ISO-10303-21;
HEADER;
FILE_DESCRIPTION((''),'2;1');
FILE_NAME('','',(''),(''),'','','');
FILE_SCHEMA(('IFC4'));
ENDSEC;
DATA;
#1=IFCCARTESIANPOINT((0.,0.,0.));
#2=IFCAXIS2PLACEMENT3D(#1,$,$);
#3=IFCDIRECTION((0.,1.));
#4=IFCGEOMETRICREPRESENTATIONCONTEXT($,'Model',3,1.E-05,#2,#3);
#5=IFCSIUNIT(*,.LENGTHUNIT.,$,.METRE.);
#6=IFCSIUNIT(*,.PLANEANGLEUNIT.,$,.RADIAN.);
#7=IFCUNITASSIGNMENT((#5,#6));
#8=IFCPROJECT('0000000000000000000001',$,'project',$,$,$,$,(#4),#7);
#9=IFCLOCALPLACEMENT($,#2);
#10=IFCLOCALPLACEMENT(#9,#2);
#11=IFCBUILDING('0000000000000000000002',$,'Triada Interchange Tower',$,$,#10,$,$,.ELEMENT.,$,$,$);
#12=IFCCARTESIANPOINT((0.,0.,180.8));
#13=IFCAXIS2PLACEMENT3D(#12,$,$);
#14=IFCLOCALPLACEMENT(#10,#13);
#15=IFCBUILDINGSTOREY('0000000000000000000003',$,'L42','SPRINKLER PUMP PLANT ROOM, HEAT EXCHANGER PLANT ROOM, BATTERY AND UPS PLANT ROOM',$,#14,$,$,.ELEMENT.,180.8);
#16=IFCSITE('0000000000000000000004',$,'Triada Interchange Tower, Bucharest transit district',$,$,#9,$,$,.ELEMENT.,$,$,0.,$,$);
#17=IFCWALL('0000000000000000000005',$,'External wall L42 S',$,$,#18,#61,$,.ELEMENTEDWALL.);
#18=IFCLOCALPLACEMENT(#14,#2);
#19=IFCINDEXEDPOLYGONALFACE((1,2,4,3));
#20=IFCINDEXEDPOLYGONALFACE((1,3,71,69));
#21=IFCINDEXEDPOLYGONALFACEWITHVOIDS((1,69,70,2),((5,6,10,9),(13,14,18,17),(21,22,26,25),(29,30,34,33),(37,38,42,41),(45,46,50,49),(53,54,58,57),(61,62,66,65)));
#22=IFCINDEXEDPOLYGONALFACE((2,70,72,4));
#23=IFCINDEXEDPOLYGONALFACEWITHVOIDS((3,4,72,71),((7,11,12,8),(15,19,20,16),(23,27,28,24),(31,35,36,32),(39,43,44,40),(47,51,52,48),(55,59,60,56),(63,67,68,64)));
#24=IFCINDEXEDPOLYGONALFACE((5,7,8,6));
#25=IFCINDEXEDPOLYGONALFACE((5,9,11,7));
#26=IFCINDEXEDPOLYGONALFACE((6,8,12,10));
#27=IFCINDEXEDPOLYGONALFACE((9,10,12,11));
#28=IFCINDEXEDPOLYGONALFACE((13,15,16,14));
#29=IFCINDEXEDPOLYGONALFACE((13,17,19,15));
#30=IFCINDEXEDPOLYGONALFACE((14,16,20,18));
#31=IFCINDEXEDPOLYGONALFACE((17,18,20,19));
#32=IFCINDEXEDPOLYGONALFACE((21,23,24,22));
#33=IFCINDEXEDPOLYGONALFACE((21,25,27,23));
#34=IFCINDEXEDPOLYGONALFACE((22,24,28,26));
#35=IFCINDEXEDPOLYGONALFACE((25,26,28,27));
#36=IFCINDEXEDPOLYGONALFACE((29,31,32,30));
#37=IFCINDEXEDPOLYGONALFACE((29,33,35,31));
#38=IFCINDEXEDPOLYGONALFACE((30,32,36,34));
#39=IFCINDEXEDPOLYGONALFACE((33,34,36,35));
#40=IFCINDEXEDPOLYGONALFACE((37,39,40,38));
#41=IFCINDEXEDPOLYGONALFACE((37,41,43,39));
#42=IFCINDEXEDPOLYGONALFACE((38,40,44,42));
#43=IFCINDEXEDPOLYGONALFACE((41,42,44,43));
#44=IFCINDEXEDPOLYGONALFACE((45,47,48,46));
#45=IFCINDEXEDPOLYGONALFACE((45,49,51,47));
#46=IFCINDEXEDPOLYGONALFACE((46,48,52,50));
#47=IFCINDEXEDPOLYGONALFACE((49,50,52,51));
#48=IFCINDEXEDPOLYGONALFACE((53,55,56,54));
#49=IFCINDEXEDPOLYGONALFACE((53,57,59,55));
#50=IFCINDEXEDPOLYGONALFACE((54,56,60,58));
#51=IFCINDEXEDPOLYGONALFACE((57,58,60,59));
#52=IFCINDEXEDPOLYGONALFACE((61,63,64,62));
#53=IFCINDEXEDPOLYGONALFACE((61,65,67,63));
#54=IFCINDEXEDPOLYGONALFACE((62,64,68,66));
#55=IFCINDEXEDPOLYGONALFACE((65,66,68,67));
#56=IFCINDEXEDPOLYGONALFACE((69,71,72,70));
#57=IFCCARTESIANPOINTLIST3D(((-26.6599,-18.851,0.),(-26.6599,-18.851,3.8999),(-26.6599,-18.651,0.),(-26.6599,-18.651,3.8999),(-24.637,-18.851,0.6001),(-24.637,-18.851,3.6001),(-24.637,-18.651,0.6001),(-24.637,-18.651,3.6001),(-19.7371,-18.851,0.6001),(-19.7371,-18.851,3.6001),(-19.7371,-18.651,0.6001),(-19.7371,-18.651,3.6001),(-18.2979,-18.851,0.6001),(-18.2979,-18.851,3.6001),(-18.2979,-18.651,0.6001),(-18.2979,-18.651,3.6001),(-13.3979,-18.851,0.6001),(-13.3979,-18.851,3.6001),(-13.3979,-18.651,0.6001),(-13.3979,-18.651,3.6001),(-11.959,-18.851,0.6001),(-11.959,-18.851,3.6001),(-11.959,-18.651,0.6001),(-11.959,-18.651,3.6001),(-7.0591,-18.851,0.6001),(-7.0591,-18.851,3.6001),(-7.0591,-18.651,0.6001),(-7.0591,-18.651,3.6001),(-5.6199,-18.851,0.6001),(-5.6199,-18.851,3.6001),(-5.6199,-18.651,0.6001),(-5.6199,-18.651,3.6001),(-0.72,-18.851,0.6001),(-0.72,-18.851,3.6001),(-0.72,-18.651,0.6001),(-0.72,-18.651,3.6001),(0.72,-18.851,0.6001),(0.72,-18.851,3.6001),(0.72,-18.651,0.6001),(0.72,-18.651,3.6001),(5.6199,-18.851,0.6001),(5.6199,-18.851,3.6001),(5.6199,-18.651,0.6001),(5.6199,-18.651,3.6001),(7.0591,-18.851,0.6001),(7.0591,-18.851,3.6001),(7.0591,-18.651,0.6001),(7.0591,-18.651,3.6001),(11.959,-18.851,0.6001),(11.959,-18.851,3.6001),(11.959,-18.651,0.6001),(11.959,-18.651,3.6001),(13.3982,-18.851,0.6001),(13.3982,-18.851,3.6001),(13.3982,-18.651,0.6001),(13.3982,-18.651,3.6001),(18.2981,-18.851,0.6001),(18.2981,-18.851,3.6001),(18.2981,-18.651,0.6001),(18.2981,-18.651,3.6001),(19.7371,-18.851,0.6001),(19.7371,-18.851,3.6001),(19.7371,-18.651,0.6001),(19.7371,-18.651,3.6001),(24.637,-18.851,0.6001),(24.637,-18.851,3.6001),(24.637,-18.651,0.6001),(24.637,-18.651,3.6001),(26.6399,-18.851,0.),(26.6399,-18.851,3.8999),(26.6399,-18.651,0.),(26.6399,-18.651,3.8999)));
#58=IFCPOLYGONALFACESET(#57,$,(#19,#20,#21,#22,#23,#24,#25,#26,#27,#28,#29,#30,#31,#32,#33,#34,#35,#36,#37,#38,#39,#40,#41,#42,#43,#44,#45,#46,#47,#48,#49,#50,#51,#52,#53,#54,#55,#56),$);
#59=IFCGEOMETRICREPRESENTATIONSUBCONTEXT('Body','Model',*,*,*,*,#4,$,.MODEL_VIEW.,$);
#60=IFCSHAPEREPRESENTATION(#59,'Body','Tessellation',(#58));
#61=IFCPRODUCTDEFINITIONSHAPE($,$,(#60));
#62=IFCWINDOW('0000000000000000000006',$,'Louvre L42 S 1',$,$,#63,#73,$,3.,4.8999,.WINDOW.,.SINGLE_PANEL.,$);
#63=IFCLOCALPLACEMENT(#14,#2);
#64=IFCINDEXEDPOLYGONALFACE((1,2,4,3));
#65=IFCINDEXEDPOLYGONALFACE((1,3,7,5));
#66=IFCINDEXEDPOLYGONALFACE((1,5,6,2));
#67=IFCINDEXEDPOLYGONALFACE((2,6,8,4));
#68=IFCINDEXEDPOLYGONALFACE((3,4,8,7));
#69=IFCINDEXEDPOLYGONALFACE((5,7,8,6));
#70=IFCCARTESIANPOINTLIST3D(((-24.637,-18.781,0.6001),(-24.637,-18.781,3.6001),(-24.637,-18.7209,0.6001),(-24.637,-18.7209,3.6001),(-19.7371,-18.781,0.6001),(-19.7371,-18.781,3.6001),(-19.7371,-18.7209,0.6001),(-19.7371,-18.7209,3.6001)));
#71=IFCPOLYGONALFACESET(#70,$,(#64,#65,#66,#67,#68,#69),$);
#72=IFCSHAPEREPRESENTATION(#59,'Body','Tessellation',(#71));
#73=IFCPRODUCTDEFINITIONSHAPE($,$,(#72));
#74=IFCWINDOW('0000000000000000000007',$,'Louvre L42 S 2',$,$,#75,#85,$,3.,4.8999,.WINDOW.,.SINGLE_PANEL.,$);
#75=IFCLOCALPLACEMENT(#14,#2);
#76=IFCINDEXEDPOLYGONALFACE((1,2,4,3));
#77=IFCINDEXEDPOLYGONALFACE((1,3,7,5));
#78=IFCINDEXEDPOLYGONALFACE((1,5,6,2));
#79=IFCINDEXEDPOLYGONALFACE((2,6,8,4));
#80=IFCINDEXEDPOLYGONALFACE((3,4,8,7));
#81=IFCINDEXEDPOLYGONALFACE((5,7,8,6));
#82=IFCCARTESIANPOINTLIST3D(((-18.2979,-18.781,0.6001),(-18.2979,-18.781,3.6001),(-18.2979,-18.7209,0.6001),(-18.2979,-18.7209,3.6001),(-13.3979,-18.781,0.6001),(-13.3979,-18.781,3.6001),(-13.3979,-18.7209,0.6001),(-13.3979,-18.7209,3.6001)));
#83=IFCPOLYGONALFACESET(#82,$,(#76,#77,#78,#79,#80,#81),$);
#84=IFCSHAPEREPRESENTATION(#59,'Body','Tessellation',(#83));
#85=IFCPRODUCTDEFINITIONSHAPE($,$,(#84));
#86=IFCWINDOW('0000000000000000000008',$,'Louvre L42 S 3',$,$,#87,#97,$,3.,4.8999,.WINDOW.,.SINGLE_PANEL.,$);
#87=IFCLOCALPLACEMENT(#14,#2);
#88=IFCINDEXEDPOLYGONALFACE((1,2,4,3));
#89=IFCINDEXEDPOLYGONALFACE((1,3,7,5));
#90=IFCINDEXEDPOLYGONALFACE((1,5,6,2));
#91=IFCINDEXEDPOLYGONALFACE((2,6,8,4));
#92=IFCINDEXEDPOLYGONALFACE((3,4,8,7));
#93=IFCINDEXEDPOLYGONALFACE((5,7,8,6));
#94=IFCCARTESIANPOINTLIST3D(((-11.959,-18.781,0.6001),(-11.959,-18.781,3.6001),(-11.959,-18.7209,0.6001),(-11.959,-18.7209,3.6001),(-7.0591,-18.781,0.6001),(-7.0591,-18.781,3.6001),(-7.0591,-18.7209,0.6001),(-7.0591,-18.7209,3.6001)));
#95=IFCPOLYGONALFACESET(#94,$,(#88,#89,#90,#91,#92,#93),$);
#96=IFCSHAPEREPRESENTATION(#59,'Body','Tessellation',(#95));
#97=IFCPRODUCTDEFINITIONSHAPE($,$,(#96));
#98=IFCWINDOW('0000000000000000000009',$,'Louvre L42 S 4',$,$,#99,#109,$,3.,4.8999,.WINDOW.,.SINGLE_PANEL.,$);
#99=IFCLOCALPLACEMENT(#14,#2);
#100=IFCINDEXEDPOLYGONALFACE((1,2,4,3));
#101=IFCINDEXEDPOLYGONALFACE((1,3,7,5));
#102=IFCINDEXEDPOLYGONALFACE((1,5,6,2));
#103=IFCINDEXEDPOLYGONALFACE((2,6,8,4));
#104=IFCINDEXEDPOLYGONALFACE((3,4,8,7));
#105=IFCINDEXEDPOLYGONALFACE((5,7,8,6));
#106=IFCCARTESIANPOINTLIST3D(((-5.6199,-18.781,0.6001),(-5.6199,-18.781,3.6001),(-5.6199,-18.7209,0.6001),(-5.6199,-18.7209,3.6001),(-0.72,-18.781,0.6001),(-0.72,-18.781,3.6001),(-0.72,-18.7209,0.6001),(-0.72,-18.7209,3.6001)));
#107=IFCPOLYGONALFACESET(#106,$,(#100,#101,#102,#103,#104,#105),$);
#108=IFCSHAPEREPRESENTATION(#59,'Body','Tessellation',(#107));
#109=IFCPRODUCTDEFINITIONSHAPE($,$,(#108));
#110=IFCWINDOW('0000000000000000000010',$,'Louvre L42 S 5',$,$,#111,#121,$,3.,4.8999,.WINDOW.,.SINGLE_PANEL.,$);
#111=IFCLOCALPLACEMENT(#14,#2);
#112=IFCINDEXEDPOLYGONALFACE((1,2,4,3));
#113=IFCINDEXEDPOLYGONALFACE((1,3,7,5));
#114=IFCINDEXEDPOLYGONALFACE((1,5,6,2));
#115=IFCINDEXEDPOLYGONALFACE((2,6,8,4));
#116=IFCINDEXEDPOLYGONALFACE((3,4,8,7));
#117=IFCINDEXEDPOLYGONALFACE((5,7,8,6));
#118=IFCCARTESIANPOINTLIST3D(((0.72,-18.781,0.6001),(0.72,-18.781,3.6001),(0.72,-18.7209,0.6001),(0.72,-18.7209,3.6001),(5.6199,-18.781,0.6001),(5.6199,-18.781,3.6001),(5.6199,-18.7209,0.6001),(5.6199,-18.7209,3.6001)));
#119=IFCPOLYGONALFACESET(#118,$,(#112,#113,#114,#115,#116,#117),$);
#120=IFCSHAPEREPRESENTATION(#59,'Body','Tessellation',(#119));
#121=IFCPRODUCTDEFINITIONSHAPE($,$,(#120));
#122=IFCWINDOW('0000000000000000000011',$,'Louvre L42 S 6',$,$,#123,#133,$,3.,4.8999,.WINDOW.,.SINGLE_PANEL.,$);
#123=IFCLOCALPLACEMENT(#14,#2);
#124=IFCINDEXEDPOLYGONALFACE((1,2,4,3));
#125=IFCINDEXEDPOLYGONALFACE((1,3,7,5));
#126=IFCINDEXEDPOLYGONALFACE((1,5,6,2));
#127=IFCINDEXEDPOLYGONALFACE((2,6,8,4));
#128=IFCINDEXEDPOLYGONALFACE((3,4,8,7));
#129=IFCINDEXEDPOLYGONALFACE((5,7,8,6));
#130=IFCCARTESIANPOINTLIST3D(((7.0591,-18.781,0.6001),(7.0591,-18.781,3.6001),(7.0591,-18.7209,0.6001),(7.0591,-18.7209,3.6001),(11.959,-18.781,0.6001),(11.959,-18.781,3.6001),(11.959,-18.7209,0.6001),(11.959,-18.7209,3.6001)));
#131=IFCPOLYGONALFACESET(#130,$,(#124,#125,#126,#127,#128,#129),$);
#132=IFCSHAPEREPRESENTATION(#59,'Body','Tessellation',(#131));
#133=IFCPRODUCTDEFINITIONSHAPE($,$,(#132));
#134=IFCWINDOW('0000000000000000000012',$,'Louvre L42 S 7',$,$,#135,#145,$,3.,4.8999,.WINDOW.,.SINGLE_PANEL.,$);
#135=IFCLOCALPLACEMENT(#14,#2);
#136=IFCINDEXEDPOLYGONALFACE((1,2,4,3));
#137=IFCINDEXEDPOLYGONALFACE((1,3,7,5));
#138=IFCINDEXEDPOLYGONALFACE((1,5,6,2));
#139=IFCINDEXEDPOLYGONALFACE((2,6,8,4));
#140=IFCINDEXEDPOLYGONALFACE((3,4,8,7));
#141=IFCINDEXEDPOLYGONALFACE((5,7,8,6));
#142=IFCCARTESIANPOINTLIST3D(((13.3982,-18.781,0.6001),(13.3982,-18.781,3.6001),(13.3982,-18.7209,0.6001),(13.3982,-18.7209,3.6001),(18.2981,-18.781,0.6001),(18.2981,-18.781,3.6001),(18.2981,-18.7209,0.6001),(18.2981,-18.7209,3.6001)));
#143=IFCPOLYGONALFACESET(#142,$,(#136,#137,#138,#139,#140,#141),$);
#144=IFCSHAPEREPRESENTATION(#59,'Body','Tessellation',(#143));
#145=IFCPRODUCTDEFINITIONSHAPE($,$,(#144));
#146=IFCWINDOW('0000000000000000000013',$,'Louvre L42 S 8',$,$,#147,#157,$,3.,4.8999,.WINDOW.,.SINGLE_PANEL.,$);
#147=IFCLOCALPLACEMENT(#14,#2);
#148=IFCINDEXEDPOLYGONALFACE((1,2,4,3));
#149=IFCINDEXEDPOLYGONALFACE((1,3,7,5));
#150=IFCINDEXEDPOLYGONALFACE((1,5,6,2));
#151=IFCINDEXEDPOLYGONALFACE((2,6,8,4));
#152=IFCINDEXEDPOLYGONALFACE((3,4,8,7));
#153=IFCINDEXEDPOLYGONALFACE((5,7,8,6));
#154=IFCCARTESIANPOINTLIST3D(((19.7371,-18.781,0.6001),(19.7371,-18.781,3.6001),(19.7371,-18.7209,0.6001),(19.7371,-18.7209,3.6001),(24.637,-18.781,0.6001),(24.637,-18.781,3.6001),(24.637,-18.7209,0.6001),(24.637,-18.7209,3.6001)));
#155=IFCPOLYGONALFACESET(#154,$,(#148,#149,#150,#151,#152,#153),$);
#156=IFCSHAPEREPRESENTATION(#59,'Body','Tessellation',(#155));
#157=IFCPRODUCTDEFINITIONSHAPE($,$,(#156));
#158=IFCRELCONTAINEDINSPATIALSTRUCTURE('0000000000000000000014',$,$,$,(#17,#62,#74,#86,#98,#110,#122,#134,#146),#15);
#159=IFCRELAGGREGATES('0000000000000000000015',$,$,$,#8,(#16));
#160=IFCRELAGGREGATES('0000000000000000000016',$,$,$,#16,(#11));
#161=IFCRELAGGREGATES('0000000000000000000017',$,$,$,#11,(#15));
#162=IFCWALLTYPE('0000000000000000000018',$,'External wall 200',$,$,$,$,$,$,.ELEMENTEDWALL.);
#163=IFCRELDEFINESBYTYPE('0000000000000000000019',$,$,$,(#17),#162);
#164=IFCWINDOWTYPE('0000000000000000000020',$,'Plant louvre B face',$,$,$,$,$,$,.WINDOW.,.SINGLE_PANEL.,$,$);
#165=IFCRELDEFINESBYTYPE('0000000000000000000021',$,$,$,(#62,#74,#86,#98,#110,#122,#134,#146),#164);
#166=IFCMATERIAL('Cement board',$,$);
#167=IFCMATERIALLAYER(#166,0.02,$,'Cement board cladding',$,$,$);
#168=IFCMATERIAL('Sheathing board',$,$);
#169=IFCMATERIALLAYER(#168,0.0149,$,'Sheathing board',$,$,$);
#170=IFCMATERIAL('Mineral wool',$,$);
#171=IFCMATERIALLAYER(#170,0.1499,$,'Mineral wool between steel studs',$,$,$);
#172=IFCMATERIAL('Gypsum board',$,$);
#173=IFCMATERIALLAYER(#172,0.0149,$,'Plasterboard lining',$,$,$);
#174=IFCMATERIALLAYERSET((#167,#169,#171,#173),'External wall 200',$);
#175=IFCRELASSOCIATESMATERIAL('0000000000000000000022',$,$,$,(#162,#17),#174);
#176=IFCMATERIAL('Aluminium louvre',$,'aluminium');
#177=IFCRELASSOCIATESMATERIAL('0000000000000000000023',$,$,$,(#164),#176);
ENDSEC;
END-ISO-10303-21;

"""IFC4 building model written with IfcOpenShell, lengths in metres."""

from ifc_helpers import new_model, si_unit, direction, frame, frame_2d, origin, place, context, subcontext, project, spatial, rectangle, extrude, material, layer, layer_set, layer_usage, type_object, element, fill, save


model = new_model("IFC4")

# Units and contexts
model_context = context("Model", 3, precision=1e-05, world=origin(), true_north=direction((0.0, 1.0)))
body_context = subcontext(model_context, "Body", "Model", "MODEL_VIEW")
ifc_project = project(units=[si_unit("LENGTHUNIT", "METRE"), si_unit("PLANEANGLEUNIT", "RADIAN")], contexts=[model_context])

# Site, building, storey
site_placement = place(None, origin())
site = spatial("IfcSite", under=ifc_project, at=site_placement, Name="Triada Interchange Tower, Bucharest transit district", CompositionType="ELEMENT", RefElevation=0.0)
building_placement = place(site_placement, origin())
building = spatial("IfcBuilding", under=site, at=building_placement, Name="Triada Interchange Tower", CompositionType="ELEMENT")
storey_placement = place(building_placement, frame((0.0, 0.0, 180.8)))
storey = spatial("IfcBuildingStorey", under=building, at=storey_placement, Name="L42", Description="SPRINKLER PUMP PLANT ROOM, HEAT EXCHANGER PLANT ROOM, BATTERY AND UPS PLANT ROOM", CompositionType="ELEMENT", Elevation=180.8)

# Wall, openings, windows
ifc_material_1 = material(Name="Cement board")
ifc_layer_1 = layer(ifc_material_1, 0.02, Name="Cement board cladding")
ifc_material_2 = material(Name="Sheathing board")
ifc_layer_2 = layer(ifc_material_2, 0.0149, Name="Sheathing board")
ifc_material_3 = material(Name="Mineral wool")
ifc_layer_3 = layer(ifc_material_3, 0.1499, Name="Mineral wool between steel studs")
ifc_material_4 = material(Name="Gypsum board")
ifc_layer_4 = layer(ifc_material_4, 0.0149, Name="Plasterboard lining")
ifc_layer_set_1 = layer_set([ifc_layer_1, ifc_layer_2, ifc_layer_3, ifc_layer_4], Name="External wall 200")
ifc_layer_usage = layer_usage(ifc_layer_set_1, "AXIS2", "POSITIVE", -0.1001)
wall_type_1 = type_object("IfcWallType", Name="External wall 200", PredefinedType="ELEMENTEDWALL", material=ifc_layer_set_1)
wall_1_placement = place(storey_placement, frame((-26.6599, -18.751, 0.0), z_axis=(0.0, 0.0, 1.0), x_axis=(1.0, 0.0, 0.0)))
wall_1 = element("IfcWall", 1, at=wall_1_placement, inside=storey, type_object=wall_type_1, material=ifc_layer_usage, Name="External wall L42 S", PredefinedType="ELEMENTEDWALL", context=body_context, shape_type="SweptSolid", body=[
    extrude(rectangle(XDim=53.2998, YDim=0.2, at=frame_2d((26.6499, 0.0))), origin(), (0.0, 0.0, 1.0), 3.8999),
])
opening_1_placement = place(wall_1_placement, frame((2.0229, 0.0, 0.6001)))
opening_1 = element("IfcOpeningElement", 2, at=opening_1_placement, cuts=wall_1, PredefinedType="OPENING", context=body_context, shape_type="SweptSolid", body=[
    extrude(rectangle(XDim=4.8999, YDim=3.0, at=frame_2d((2.45, 1.5))), frame((0.0, 0.1099, 0.0), z_axis=(0.0, -1.0, 0.0), x_axis=(1.0, 0.0, 0.0)), (0.0, 0.0, 1.0), 0.22),
])
opening_2_placement = place(wall_1_placement, frame((8.3621, 0.0, 0.6001)))
opening_2 = element("IfcOpeningElement", 3, at=opening_2_placement, cuts=wall_1, PredefinedType="OPENING", context=body_context, shape_type="SweptSolid", body=[
    extrude(rectangle(XDim=4.8999, YDim=3.0, at=frame_2d((2.45, 1.5))), frame((0.0, 0.1099, 0.0), z_axis=(0.0, -1.0, 0.0), x_axis=(1.0, 0.0, 0.0)), (0.0, 0.0, 1.0), 0.22),
])
opening_3_placement = place(wall_1_placement, frame((14.7009, 0.0, 0.6001)))
opening_3 = element("IfcOpeningElement", 4, at=opening_3_placement, cuts=wall_1, PredefinedType="OPENING", context=body_context, shape_type="SweptSolid", body=[
    extrude(rectangle(XDim=4.8999, YDim=3.0, at=frame_2d((2.45, 1.5))), frame((0.0, 0.1099, 0.0), z_axis=(0.0, -1.0, 0.0), x_axis=(1.0, 0.0, 0.0)), (0.0, 0.0, 1.0), 0.22),
])
opening_4_placement = place(wall_1_placement, frame((21.04, 0.0, 0.6001)))
opening_4 = element("IfcOpeningElement", 5, at=opening_4_placement, cuts=wall_1, PredefinedType="OPENING", context=body_context, shape_type="SweptSolid", body=[
    extrude(rectangle(XDim=4.8999, YDim=3.0, at=frame_2d((2.45, 1.5))), frame((0.0, 0.1099, 0.0), z_axis=(0.0, -1.0, 0.0), x_axis=(1.0, 0.0, 0.0)), (0.0, 0.0, 1.0), 0.22),
])
opening_5_placement = place(wall_1_placement, frame((27.3799, 0.0, 0.6001)))
opening_5 = element("IfcOpeningElement", 6, at=opening_5_placement, cuts=wall_1, PredefinedType="OPENING", context=body_context, shape_type="SweptSolid", body=[
    extrude(rectangle(XDim=4.8999, YDim=3.0, at=frame_2d((2.45, 1.5))), frame((0.0, 0.1099, 0.0), z_axis=(0.0, -1.0, 0.0), x_axis=(1.0, 0.0, 0.0)), (0.0, 0.0, 1.0), 0.22),
])
opening_6_placement = place(wall_1_placement, frame((33.719, 0.0, 0.6001)))
opening_6 = element("IfcOpeningElement", 7, at=opening_6_placement, cuts=wall_1, PredefinedType="OPENING", context=body_context, shape_type="SweptSolid", body=[
    extrude(rectangle(XDim=4.8999, YDim=3.0, at=frame_2d((2.45, 1.5))), frame((0.0, 0.1099, 0.0), z_axis=(0.0, -1.0, 0.0), x_axis=(1.0, 0.0, 0.0)), (0.0, 0.0, 1.0), 0.22),
])
opening_7_placement = place(wall_1_placement, frame((40.0581, 0.0, 0.6001)))
opening_7 = element("IfcOpeningElement", 8, at=opening_7_placement, cuts=wall_1, PredefinedType="OPENING", context=body_context, shape_type="SweptSolid", body=[
    extrude(rectangle(XDim=4.8999, YDim=3.0, at=frame_2d((2.45, 1.5))), frame((0.0, 0.1099, 0.0), z_axis=(0.0, -1.0, 0.0), x_axis=(1.0, 0.0, 0.0)), (0.0, 0.0, 1.0), 0.22),
])
opening_8_placement = place(wall_1_placement, frame((46.397, 0.0, 0.6001)))
opening_8 = element("IfcOpeningElement", 9, at=opening_8_placement, cuts=wall_1, PredefinedType="OPENING", context=body_context, shape_type="SweptSolid", body=[
    extrude(rectangle(XDim=4.8999, YDim=3.0, at=frame_2d((2.45, 1.5))), frame((0.0, 0.1099, 0.0), z_axis=(0.0, -1.0, 0.0), x_axis=(1.0, 0.0, 0.0)), (0.0, 0.0, 1.0), 0.22),
])
ifc_material_5 = material(Name="Aluminium louvre", Category="aluminium")
window_type = type_object("IfcWindowType", Name="Plant louvre B face", PartitioningType="SINGLE_PANEL", PredefinedType="WINDOW", material=ifc_material_5)
window_1_placement = place(opening_1_placement, origin())
window_1 = element("IfcWindow", 10, at=window_1_placement, inside=storey, type_object=window_type, Name="Louvre L42 S 1", OverallHeight=3.0, OverallWidth=4.8999, PartitioningType="SINGLE_PANEL", PredefinedType="WINDOW", context=body_context, shape_type="SweptSolid", body=[
    extrude(rectangle(XDim=4.8999, YDim=3.0, at=frame_2d((2.45, 1.5))), frame((0.0, 0.03, 0.0), z_axis=(0.0, -1.0, 0.0), x_axis=(1.0, 0.0, 0.0)), (0.0, 0.0, 1.0), 0.0601),
])
fill(opening_1, window_1)
window_2_placement = place(opening_2_placement, origin())
window_2 = element("IfcWindow", 11, at=window_2_placement, inside=storey, type_object=window_type, Name="Louvre L42 S 2", OverallHeight=3.0, OverallWidth=4.8999, PartitioningType="SINGLE_PANEL", PredefinedType="WINDOW", context=body_context, shape_type="SweptSolid", body=[
    extrude(rectangle(XDim=4.8999, YDim=3.0, at=frame_2d((2.45, 1.5))), frame((0.0, 0.03, 0.0), z_axis=(0.0, -1.0, 0.0), x_axis=(1.0, 0.0, 0.0)), (0.0, 0.0, 1.0), 0.0601),
])
fill(opening_2, window_2)
window_3_placement = place(opening_3_placement, origin())
window_3 = element("IfcWindow", 12, at=window_3_placement, inside=storey, type_object=window_type, Name="Louvre L42 S 3", OverallHeight=3.0, OverallWidth=4.8999, PartitioningType="SINGLE_PANEL", PredefinedType="WINDOW", context=body_context, shape_type="SweptSolid", body=[
    extrude(rectangle(XDim=4.8999, YDim=3.0, at=frame_2d((2.45, 1.5))), frame((0.0, 0.03, 0.0), z_axis=(0.0, -1.0, 0.0), x_axis=(1.0, 0.0, 0.0)), (0.0, 0.0, 1.0), 0.0601),
])
fill(opening_3, window_3)
window_4_placement = place(opening_4_placement, origin())
window_4 = element("IfcWindow", 13, at=window_4_placement, inside=storey, type_object=window_type, Name="Louvre L42 S 4", OverallHeight=3.0, OverallWidth=4.8999, PartitioningType="SINGLE_PANEL", PredefinedType="WINDOW", context=body_context, shape_type="SweptSolid", body=[
    extrude(rectangle(XDim=4.8999, YDim=3.0, at=frame_2d((2.45, 1.5))), frame((0.0, 0.03, 0.0), z_axis=(0.0, -1.0, 0.0), x_axis=(1.0, 0.0, 0.0)), (0.0, 0.0, 1.0), 0.0601),
])
fill(opening_4, window_4)
window_5_placement = place(opening_5_placement, origin())
window_5 = element("IfcWindow", 14, at=window_5_placement, inside=storey, type_object=window_type, Name="Louvre L42 S 5", OverallHeight=3.0, OverallWidth=4.8999, PartitioningType="SINGLE_PANEL", PredefinedType="WINDOW", context=body_context, shape_type="SweptSolid", body=[
    extrude(rectangle(XDim=4.8999, YDim=3.0, at=frame_2d((2.45, 1.5))), frame((0.0, 0.03, 0.0), z_axis=(0.0, -1.0, 0.0), x_axis=(1.0, 0.0, 0.0)), (0.0, 0.0, 1.0), 0.0601),
])
fill(opening_5, window_5)
window_6_placement = place(opening_6_placement, origin())
window_6 = element("IfcWindow", 15, at=window_6_placement, inside=storey, type_object=window_type, Name="Louvre L42 S 6", OverallHeight=3.0, OverallWidth=4.8999, PartitioningType="SINGLE_PANEL", PredefinedType="WINDOW", context=body_context, shape_type="SweptSolid", body=[
    extrude(rectangle(XDim=4.8999, YDim=3.0, at=frame_2d((2.45, 1.5))), frame((0.0, 0.03, 0.0), z_axis=(0.0, -1.0, 0.0), x_axis=(1.0, 0.0, 0.0)), (0.0, 0.0, 1.0), 0.0601),
])
fill(opening_6, window_6)
window_7_placement = place(opening_7_placement, origin())
window_7 = element("IfcWindow", 16, at=window_7_placement, inside=storey, type_object=window_type, Name="Louvre L42 S 7", OverallHeight=3.0, OverallWidth=4.8999, PartitioningType="SINGLE_PANEL", PredefinedType="WINDOW", context=body_context, shape_type="SweptSolid", body=[
    extrude(rectangle(XDim=4.8999, YDim=3.0, at=frame_2d((2.45, 1.5))), frame((0.0, 0.03, 0.0), z_axis=(0.0, -1.0, 0.0), x_axis=(1.0, 0.0, 0.0)), (0.0, 0.0, 1.0), 0.0601),
])
fill(opening_7, window_7)
window_8_placement = place(opening_8_placement, origin())
window_8 = element("IfcWindow", 17, at=window_8_placement, inside=storey, type_object=window_type, Name="Louvre L42 S 8", OverallHeight=3.0, OverallWidth=4.8999, PartitioningType="SINGLE_PANEL", PredefinedType="WINDOW", context=body_context, shape_type="SweptSolid", body=[
    extrude(rectangle(XDim=4.8999, YDim=3.0, at=frame_2d((2.45, 1.5))), frame((0.0, 0.03, 0.0), z_axis=(0.0, -1.0, 0.0), x_axis=(1.0, 0.0, 0.0)), (0.0, 0.0, 1.0), 0.0601),
])
fill(opening_8, window_8)

save(model, "model.ifc")
